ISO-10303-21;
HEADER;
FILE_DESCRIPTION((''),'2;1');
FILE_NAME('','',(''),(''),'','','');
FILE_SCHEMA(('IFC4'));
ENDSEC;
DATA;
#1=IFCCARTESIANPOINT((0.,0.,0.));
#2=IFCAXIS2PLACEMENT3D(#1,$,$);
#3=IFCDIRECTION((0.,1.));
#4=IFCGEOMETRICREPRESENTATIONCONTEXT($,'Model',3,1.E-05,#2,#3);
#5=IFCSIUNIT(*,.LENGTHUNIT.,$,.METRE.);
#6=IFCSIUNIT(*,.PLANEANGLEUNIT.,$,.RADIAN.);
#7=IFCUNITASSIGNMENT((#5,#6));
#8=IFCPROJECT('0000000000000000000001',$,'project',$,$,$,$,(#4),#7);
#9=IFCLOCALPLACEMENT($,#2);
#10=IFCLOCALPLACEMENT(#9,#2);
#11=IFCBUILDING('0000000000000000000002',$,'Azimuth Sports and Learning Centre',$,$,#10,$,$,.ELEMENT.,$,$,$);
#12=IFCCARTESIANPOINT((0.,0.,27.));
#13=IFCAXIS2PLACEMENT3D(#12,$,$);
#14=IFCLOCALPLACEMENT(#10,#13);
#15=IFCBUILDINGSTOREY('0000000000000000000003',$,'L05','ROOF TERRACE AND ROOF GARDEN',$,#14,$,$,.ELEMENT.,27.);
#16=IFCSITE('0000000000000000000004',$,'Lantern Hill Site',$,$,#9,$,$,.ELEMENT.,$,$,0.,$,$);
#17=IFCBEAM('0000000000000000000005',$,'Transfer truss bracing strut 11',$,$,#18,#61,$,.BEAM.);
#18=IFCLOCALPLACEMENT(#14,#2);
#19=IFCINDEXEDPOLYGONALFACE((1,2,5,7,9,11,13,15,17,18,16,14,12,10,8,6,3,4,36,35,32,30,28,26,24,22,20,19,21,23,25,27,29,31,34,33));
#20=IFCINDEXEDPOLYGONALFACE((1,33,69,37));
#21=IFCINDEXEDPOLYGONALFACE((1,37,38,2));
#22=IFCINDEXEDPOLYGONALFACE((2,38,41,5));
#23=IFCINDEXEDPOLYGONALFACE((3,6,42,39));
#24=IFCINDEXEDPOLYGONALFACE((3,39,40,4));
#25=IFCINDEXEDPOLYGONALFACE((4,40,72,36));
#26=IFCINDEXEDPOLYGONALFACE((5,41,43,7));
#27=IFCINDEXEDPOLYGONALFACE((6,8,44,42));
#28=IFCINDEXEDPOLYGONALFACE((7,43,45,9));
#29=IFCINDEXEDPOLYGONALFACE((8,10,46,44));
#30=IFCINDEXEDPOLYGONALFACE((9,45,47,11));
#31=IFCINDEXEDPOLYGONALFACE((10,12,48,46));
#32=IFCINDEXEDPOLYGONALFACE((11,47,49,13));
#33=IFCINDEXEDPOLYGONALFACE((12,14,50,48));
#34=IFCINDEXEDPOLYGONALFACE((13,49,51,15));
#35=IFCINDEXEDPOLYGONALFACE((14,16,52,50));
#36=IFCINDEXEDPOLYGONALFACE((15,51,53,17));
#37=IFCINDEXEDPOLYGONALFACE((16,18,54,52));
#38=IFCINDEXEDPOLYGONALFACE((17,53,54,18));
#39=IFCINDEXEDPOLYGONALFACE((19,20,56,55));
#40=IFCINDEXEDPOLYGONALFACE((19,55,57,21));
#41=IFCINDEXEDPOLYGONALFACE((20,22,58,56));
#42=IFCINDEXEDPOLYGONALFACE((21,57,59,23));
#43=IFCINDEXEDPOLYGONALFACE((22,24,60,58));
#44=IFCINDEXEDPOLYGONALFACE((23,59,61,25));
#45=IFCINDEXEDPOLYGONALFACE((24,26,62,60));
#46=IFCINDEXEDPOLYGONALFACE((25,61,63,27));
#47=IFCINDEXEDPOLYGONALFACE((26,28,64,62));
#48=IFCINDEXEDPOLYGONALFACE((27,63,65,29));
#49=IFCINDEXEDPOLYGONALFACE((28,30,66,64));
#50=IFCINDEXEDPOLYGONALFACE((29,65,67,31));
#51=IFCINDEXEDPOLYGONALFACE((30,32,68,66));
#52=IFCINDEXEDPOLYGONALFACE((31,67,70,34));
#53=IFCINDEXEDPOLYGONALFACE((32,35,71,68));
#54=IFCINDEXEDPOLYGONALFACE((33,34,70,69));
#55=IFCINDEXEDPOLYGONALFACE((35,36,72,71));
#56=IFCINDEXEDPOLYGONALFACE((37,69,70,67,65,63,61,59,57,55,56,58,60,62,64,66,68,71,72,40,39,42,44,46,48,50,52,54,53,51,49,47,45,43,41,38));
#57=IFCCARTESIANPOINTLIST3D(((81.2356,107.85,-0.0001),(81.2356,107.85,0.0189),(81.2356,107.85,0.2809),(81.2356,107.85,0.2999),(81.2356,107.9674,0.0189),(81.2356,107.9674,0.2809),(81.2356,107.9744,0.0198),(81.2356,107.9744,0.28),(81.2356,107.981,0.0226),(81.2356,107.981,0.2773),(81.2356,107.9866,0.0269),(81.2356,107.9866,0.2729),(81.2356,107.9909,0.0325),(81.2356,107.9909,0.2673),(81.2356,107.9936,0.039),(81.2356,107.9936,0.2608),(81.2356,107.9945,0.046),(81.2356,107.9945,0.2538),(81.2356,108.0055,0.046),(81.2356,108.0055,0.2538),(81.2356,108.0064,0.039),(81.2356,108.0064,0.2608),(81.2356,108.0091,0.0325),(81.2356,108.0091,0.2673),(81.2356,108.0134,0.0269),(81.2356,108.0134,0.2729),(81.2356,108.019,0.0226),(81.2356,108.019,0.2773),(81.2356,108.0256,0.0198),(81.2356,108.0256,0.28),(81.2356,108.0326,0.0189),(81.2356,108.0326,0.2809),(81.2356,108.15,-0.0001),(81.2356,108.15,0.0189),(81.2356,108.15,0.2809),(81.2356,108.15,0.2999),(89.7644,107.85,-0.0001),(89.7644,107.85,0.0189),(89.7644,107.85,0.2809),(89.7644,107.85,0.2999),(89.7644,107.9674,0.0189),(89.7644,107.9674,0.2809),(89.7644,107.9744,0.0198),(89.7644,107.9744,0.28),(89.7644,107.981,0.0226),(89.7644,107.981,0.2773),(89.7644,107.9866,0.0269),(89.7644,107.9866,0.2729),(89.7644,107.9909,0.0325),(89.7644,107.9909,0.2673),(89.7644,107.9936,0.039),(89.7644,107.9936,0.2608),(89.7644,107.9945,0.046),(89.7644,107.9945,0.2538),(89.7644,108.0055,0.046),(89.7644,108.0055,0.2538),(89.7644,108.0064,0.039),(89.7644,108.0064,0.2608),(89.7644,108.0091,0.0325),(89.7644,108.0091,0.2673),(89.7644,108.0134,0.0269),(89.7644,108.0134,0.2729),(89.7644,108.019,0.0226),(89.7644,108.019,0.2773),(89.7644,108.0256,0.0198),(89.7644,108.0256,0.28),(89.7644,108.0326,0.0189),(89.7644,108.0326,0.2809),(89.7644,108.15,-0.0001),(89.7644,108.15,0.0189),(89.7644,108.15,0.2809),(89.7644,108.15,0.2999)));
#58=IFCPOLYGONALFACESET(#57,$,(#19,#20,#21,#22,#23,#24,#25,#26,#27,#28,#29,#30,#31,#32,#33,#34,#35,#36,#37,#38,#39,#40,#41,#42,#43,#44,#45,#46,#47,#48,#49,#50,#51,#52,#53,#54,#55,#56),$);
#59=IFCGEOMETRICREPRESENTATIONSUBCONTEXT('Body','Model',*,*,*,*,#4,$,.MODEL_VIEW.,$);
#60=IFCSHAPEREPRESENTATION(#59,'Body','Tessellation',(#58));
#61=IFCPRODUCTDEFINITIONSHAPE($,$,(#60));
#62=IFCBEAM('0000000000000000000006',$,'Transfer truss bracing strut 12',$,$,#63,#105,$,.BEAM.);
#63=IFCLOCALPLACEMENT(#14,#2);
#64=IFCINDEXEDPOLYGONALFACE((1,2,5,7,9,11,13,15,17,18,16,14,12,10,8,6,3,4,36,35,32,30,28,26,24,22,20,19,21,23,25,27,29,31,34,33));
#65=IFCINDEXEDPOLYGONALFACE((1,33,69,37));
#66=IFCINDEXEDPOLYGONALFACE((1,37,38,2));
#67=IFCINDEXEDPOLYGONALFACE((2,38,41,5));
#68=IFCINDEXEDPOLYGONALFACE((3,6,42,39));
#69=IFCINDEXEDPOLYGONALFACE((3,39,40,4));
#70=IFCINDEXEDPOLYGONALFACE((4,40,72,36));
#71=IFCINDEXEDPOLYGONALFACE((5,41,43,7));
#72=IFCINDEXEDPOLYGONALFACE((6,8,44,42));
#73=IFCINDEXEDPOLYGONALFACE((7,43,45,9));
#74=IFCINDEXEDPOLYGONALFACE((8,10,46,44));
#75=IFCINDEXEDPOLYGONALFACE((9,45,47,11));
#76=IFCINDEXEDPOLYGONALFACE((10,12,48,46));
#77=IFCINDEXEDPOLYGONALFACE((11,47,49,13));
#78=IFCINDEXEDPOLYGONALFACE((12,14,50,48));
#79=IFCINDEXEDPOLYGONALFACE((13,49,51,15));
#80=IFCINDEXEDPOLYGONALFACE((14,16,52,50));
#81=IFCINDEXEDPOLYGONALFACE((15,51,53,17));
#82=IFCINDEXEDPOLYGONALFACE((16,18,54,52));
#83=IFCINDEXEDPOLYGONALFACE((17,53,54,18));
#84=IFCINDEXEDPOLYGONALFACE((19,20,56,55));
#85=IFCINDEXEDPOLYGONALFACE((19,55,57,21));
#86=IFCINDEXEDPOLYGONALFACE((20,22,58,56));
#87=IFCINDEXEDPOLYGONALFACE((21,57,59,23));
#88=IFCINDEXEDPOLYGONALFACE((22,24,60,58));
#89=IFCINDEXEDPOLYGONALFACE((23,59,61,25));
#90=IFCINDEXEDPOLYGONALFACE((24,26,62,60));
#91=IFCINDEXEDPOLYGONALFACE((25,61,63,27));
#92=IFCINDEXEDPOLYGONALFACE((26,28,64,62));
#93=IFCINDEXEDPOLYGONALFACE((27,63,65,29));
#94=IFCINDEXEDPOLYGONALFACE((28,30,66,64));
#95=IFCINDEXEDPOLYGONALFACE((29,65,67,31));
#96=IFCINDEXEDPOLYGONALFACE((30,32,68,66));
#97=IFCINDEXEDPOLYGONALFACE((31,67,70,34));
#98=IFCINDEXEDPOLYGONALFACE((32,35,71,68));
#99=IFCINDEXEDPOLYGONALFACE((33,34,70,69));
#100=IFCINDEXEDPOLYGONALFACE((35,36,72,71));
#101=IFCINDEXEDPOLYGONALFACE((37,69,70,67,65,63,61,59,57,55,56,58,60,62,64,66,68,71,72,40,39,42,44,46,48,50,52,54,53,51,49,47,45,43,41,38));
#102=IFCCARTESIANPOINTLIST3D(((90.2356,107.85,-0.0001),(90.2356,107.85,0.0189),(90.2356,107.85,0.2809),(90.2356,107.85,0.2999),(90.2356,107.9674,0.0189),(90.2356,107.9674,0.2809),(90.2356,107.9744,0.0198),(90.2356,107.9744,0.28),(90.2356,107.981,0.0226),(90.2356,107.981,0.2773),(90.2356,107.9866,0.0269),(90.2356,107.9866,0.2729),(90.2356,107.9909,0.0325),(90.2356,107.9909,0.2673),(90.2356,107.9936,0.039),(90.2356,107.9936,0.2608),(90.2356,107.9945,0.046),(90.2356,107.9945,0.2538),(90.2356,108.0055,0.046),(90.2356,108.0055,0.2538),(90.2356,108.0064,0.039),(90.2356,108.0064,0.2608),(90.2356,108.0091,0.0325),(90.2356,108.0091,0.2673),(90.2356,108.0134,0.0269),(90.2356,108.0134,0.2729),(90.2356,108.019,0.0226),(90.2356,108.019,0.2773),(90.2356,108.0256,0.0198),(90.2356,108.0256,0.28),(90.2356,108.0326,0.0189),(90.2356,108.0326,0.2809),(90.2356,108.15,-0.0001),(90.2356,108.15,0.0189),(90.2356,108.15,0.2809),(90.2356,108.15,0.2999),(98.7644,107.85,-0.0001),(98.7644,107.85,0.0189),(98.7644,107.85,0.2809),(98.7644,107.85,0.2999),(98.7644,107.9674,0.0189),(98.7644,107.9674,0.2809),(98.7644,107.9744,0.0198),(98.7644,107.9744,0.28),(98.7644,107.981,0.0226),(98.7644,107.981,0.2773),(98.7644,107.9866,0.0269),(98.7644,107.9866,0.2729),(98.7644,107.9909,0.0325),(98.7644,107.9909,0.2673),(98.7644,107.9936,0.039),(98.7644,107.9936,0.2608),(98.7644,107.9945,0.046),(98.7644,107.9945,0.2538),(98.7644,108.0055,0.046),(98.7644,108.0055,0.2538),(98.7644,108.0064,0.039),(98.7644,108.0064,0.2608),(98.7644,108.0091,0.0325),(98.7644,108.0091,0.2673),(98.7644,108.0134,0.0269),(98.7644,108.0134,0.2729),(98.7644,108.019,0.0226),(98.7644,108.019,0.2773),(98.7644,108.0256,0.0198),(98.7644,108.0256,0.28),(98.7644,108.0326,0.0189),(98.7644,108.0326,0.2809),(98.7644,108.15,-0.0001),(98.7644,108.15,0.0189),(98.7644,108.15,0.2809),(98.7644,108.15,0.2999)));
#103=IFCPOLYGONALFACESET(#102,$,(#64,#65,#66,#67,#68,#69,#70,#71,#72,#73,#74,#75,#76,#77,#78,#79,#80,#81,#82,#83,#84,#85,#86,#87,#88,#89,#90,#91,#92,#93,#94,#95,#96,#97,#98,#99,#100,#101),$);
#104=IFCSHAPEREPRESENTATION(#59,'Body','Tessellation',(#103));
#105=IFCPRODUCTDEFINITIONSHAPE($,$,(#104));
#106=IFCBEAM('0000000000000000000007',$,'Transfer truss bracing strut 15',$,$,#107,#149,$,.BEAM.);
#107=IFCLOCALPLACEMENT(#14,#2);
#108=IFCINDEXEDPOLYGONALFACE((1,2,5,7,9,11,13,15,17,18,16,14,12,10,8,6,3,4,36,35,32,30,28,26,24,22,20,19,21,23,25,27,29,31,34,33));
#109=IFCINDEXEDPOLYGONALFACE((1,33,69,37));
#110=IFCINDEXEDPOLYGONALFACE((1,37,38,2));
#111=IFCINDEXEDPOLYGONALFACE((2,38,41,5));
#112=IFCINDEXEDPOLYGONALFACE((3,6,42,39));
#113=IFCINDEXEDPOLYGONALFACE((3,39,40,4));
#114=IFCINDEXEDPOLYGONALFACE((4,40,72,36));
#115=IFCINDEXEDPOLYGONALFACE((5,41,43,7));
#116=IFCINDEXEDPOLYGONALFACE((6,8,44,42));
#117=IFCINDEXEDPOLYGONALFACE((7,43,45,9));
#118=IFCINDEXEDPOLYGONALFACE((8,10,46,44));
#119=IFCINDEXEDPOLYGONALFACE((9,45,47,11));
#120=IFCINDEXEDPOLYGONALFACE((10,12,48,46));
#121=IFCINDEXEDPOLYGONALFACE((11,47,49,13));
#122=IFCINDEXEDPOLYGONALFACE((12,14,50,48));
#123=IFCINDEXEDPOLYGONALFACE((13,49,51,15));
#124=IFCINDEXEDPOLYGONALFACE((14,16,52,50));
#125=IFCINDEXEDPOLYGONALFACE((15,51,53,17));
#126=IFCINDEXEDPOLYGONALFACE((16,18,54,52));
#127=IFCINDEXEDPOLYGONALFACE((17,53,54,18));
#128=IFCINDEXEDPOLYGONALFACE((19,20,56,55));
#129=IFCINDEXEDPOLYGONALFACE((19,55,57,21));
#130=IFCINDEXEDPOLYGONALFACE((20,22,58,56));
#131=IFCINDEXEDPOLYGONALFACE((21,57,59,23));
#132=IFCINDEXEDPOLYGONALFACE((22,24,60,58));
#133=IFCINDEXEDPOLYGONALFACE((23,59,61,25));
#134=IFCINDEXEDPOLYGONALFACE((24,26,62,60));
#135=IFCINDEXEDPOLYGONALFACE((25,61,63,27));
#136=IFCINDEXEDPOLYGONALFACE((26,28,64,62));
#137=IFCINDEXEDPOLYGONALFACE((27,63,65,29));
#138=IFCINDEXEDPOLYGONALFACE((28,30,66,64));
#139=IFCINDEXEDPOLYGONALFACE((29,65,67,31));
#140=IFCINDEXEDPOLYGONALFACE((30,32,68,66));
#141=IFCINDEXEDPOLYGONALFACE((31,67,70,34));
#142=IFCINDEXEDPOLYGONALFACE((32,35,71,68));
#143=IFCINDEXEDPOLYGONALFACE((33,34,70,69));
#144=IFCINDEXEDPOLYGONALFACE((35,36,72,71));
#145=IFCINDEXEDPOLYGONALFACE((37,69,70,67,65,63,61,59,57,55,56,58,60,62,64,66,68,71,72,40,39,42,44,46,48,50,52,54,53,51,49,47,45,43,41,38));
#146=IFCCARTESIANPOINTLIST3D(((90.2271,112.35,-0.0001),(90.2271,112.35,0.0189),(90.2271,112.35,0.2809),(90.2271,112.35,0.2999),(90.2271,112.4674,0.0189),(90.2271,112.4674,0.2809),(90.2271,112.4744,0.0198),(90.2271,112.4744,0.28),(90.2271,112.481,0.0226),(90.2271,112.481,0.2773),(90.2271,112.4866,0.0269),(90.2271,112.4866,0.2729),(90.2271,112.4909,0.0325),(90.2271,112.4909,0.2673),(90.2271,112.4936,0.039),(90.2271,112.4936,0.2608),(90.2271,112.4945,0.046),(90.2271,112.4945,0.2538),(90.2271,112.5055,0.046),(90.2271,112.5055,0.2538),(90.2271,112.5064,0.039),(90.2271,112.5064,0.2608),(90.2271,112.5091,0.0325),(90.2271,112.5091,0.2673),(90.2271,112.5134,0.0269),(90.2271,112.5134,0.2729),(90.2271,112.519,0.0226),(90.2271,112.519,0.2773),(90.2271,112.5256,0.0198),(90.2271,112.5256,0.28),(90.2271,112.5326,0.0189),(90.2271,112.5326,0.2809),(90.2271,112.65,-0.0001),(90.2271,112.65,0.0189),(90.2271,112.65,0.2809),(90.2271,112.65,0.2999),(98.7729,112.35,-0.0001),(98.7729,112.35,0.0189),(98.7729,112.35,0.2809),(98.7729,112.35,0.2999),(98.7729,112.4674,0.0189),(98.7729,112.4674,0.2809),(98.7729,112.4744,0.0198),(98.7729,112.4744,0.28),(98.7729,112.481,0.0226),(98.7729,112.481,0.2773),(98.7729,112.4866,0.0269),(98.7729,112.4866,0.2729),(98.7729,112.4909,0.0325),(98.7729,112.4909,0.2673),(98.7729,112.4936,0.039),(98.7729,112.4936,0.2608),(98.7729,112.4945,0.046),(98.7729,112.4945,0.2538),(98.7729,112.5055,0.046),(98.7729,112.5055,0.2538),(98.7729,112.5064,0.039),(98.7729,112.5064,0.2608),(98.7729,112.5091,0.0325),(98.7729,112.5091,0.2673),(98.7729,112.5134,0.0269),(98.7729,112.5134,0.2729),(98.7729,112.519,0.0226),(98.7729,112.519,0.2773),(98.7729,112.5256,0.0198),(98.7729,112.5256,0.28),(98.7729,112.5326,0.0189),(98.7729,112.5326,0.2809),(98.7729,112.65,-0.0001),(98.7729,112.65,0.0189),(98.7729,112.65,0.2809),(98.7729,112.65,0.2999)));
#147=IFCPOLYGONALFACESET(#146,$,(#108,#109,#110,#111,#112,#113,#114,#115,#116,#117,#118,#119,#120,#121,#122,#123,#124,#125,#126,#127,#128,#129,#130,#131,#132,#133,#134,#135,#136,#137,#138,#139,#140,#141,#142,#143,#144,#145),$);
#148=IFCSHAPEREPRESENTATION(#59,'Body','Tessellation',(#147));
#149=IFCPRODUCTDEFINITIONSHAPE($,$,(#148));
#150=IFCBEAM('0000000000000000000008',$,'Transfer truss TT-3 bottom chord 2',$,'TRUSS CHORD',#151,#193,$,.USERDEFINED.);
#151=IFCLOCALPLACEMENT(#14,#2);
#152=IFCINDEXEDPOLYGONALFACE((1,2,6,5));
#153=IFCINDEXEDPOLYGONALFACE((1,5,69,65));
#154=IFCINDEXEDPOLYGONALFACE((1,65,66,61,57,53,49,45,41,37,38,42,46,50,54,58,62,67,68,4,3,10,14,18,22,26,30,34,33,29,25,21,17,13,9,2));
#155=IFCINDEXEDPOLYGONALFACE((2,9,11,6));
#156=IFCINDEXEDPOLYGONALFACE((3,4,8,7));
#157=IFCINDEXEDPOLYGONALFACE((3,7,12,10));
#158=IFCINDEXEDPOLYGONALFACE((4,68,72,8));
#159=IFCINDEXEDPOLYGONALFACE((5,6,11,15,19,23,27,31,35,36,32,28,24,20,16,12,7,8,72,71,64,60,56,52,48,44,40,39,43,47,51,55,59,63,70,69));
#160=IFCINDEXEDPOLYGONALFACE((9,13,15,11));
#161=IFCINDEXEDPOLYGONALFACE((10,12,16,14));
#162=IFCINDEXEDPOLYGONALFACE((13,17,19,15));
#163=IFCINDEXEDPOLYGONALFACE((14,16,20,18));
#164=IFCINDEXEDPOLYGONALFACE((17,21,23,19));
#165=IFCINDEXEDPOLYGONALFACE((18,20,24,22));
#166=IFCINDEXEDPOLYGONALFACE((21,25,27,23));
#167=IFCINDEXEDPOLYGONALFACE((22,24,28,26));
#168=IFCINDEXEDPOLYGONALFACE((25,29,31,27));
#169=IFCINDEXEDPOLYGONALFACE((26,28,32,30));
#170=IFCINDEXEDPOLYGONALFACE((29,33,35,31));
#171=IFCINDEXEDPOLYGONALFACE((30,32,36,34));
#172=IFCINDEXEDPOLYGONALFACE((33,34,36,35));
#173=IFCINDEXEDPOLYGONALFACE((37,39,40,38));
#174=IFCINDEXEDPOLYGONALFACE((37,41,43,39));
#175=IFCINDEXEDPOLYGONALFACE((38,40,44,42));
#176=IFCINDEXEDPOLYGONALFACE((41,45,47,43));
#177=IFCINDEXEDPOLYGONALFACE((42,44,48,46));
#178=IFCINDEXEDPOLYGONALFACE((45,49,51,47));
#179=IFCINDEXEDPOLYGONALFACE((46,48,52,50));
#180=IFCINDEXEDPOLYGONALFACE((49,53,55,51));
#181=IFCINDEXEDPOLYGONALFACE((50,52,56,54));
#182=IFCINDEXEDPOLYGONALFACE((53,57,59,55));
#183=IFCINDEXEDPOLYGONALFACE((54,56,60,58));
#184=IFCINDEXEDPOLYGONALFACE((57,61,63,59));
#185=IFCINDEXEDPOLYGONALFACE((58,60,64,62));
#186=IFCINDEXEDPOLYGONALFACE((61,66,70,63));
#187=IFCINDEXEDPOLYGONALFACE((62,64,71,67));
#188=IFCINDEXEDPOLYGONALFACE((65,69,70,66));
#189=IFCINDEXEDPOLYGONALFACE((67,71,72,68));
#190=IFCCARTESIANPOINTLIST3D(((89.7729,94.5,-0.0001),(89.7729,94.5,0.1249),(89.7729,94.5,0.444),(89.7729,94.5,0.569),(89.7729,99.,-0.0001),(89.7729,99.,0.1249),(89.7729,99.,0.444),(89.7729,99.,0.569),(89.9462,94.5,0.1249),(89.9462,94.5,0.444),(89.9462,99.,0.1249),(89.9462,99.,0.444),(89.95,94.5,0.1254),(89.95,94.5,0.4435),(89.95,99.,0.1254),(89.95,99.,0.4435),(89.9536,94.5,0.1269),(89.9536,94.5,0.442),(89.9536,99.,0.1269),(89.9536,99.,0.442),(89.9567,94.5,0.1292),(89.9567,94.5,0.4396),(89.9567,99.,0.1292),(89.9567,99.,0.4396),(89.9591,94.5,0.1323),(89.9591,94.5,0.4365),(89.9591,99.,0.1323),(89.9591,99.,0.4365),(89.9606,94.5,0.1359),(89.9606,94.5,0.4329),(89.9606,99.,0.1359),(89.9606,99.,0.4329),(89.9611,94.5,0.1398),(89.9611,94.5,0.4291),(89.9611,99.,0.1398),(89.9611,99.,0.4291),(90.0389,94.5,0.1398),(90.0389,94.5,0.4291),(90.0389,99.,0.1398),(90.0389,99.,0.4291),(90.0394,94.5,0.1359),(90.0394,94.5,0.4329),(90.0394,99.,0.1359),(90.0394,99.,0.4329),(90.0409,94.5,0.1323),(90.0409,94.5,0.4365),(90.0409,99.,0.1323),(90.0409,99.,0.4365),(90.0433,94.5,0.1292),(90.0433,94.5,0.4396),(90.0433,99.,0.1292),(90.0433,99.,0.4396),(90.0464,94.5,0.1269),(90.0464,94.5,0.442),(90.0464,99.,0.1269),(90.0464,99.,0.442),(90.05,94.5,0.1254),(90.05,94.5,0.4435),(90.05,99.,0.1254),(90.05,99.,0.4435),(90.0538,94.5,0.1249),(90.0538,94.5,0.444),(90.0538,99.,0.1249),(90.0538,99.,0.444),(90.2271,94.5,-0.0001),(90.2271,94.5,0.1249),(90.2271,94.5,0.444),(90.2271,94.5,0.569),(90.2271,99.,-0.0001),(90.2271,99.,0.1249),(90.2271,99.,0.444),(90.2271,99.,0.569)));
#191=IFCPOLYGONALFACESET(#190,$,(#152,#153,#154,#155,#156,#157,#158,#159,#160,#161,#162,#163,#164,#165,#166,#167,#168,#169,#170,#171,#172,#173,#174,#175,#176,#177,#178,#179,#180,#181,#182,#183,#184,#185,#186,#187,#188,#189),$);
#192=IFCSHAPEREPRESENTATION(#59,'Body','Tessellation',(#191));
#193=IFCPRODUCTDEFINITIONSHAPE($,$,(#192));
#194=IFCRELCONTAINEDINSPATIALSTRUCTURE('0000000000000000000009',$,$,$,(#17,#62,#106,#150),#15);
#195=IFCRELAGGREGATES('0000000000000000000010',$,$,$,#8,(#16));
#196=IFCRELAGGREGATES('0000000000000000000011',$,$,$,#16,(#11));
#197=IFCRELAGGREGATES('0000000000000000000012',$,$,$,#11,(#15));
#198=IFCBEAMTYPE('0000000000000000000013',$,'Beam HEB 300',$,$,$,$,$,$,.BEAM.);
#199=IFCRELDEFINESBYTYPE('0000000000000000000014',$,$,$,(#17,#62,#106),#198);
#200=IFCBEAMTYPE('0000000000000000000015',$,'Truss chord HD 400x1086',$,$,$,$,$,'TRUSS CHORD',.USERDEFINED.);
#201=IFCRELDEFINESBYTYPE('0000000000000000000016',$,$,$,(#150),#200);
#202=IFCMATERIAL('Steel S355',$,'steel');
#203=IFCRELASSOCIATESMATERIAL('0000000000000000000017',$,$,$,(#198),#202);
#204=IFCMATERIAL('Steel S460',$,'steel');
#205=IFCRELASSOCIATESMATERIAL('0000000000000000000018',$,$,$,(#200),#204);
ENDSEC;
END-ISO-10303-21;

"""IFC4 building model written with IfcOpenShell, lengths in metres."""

from ifc_helpers import new_model, si_unit, direction, frame, origin, origin_2d, place, context, subcontext, project, spatial, i_section, extrude, material, material_profile, profile_set, type_object, element, save


model = new_model("IFC4")

# Units and contexts
model_context = context("Model", 3, precision=1e-05, world=origin(), true_north=direction((0.0, 1.0)))
body_context = subcontext(model_context, "Body", "Model", "MODEL_VIEW")
ifc_project = project(units=[si_unit("LENGTHUNIT", "METRE"), si_unit("PLANEANGLEUNIT", "RADIAN")], contexts=[model_context])

# Site, building, storey
site_placement = place(None, origin())
site = spatial("IfcSite", under=ifc_project, at=site_placement, Name="Lantern Hill Site", CompositionType="ELEMENT", RefElevation=0.0)
building_placement = place(site_placement, origin())
building = spatial("IfcBuilding", under=site, at=building_placement, Name="Azimuth Sports and Learning Centre", CompositionType="ELEMENT")
storey_placement = place(building_placement, frame((0.0, 0.0, 27.0)))
storey = spatial("IfcBuildingStorey", under=building, at=storey_placement, Name="L05", Description="ROOF TERRACE AND ROOF GARDEN", CompositionType="ELEMENT", Elevation=27.0)

# Beams
ifc_material_1 = material(Name="Steel S355", Category="steel")
ifc_material_profile_1 = material_profile(ifc_material_1, i_section(OverallWidth=0.3, OverallDepth=0.3, WebThickness=0.011, FlangeThickness=0.019, FilletRadius=0.0271, at=origin_2d()), Name="HEB 300")
ifc_profile_set_1 = profile_set([ifc_material_profile_1], Name="Steel S355")
beam_type_1 = type_object("IfcBeamType", Name="Beam HEB 300", PredefinedType="BEAM", material=ifc_profile_set_1)
for number, where, z_axis, x_axis, name in (
    (1, (81.2356, 108.0, 0.1499), (1.0, 0.0, 0.0), (0.0, 1.0, 0.0), "Transfer truss bracing strut 11"),
    (2, (90.2356, 108.0, 0.1499), (1.0, 0.0, 0.0), (0.0, 1.0, 0.0), "Transfer truss bracing strut 12"),
):
    element("IfcBeam", number, at=place(storey_placement, frame(where, z_axis=z_axis, x_axis=x_axis)), inside=storey, type_object=beam_type_1, Name=name, PredefinedType="BEAM", context=body_context, shape_type="SweptSolid", body=[
        extrude(i_section(OverallWidth=0.3, OverallDepth=0.3, WebThickness=0.011, FlangeThickness=0.019, FilletRadius=0.0271, at=origin_2d()), origin(), (0.0, 0.0, 1.0), 8.5288),
    ])
beam_1_placement = place(storey_placement, frame((90.2271, 112.5, 0.1499), z_axis=(1.0, 0.0, 0.0), x_axis=(0.0, 1.0, 0.0)))
element("IfcBeam", 3, at=beam_1_placement, inside=storey, type_object=beam_type_1, Name="Transfer truss bracing strut 15", PredefinedType="BEAM", context=body_context, shape_type="SweptSolid", body=[
    extrude(i_section(OverallWidth=0.3, OverallDepth=0.3, WebThickness=0.011, FlangeThickness=0.019, FilletRadius=0.0271, at=origin_2d()), origin(), (0.0, 0.0, 1.0), 8.5459),
])
ifc_material_2 = material(Name="Steel S460", Category="steel")
ifc_material_profile_2 = material_profile(ifc_material_2, i_section(OverallWidth=0.4541, OverallDepth=0.5691, WebThickness=0.0779, FlangeThickness=0.125, FilletRadius=0.0149, at=origin_2d()), Name="HD 400x1086")
ifc_profile_set_2 = profile_set([ifc_material_profile_2], Name="Steel S460")
beam_type_2 = type_object("IfcBeamType", Name="Truss chord HD 400x1086", ElementType="TRUSS CHORD", PredefinedType="USERDEFINED", material=ifc_profile_set_2)
for number, where, z_axis, x_axis, name in (
    (4, (90.0, 94.5, 0.2844), (0.0, 1.0, 0.0), (-1.0, 0.0, 0.0), "Transfer truss TT-3 bottom chord 2"),
):
    element("IfcBeam", number, at=place(storey_placement, frame(where, z_axis=z_axis, x_axis=x_axis)), inside=storey, type_object=beam_type_2, Name=name, ObjectType="TRUSS CHORD", PredefinedType="USERDEFINED", context=body_context, shape_type="SweptSolid", body=[
        extrude(i_section(OverallWidth=0.4541, OverallDepth=0.5691, WebThickness=0.0779, FlangeThickness=0.125, FilletRadius=0.0149, at=origin_2d()), origin(), (0.0, 0.0, 1.0), 4.5),
    ])

save(model, "model.ifc")
